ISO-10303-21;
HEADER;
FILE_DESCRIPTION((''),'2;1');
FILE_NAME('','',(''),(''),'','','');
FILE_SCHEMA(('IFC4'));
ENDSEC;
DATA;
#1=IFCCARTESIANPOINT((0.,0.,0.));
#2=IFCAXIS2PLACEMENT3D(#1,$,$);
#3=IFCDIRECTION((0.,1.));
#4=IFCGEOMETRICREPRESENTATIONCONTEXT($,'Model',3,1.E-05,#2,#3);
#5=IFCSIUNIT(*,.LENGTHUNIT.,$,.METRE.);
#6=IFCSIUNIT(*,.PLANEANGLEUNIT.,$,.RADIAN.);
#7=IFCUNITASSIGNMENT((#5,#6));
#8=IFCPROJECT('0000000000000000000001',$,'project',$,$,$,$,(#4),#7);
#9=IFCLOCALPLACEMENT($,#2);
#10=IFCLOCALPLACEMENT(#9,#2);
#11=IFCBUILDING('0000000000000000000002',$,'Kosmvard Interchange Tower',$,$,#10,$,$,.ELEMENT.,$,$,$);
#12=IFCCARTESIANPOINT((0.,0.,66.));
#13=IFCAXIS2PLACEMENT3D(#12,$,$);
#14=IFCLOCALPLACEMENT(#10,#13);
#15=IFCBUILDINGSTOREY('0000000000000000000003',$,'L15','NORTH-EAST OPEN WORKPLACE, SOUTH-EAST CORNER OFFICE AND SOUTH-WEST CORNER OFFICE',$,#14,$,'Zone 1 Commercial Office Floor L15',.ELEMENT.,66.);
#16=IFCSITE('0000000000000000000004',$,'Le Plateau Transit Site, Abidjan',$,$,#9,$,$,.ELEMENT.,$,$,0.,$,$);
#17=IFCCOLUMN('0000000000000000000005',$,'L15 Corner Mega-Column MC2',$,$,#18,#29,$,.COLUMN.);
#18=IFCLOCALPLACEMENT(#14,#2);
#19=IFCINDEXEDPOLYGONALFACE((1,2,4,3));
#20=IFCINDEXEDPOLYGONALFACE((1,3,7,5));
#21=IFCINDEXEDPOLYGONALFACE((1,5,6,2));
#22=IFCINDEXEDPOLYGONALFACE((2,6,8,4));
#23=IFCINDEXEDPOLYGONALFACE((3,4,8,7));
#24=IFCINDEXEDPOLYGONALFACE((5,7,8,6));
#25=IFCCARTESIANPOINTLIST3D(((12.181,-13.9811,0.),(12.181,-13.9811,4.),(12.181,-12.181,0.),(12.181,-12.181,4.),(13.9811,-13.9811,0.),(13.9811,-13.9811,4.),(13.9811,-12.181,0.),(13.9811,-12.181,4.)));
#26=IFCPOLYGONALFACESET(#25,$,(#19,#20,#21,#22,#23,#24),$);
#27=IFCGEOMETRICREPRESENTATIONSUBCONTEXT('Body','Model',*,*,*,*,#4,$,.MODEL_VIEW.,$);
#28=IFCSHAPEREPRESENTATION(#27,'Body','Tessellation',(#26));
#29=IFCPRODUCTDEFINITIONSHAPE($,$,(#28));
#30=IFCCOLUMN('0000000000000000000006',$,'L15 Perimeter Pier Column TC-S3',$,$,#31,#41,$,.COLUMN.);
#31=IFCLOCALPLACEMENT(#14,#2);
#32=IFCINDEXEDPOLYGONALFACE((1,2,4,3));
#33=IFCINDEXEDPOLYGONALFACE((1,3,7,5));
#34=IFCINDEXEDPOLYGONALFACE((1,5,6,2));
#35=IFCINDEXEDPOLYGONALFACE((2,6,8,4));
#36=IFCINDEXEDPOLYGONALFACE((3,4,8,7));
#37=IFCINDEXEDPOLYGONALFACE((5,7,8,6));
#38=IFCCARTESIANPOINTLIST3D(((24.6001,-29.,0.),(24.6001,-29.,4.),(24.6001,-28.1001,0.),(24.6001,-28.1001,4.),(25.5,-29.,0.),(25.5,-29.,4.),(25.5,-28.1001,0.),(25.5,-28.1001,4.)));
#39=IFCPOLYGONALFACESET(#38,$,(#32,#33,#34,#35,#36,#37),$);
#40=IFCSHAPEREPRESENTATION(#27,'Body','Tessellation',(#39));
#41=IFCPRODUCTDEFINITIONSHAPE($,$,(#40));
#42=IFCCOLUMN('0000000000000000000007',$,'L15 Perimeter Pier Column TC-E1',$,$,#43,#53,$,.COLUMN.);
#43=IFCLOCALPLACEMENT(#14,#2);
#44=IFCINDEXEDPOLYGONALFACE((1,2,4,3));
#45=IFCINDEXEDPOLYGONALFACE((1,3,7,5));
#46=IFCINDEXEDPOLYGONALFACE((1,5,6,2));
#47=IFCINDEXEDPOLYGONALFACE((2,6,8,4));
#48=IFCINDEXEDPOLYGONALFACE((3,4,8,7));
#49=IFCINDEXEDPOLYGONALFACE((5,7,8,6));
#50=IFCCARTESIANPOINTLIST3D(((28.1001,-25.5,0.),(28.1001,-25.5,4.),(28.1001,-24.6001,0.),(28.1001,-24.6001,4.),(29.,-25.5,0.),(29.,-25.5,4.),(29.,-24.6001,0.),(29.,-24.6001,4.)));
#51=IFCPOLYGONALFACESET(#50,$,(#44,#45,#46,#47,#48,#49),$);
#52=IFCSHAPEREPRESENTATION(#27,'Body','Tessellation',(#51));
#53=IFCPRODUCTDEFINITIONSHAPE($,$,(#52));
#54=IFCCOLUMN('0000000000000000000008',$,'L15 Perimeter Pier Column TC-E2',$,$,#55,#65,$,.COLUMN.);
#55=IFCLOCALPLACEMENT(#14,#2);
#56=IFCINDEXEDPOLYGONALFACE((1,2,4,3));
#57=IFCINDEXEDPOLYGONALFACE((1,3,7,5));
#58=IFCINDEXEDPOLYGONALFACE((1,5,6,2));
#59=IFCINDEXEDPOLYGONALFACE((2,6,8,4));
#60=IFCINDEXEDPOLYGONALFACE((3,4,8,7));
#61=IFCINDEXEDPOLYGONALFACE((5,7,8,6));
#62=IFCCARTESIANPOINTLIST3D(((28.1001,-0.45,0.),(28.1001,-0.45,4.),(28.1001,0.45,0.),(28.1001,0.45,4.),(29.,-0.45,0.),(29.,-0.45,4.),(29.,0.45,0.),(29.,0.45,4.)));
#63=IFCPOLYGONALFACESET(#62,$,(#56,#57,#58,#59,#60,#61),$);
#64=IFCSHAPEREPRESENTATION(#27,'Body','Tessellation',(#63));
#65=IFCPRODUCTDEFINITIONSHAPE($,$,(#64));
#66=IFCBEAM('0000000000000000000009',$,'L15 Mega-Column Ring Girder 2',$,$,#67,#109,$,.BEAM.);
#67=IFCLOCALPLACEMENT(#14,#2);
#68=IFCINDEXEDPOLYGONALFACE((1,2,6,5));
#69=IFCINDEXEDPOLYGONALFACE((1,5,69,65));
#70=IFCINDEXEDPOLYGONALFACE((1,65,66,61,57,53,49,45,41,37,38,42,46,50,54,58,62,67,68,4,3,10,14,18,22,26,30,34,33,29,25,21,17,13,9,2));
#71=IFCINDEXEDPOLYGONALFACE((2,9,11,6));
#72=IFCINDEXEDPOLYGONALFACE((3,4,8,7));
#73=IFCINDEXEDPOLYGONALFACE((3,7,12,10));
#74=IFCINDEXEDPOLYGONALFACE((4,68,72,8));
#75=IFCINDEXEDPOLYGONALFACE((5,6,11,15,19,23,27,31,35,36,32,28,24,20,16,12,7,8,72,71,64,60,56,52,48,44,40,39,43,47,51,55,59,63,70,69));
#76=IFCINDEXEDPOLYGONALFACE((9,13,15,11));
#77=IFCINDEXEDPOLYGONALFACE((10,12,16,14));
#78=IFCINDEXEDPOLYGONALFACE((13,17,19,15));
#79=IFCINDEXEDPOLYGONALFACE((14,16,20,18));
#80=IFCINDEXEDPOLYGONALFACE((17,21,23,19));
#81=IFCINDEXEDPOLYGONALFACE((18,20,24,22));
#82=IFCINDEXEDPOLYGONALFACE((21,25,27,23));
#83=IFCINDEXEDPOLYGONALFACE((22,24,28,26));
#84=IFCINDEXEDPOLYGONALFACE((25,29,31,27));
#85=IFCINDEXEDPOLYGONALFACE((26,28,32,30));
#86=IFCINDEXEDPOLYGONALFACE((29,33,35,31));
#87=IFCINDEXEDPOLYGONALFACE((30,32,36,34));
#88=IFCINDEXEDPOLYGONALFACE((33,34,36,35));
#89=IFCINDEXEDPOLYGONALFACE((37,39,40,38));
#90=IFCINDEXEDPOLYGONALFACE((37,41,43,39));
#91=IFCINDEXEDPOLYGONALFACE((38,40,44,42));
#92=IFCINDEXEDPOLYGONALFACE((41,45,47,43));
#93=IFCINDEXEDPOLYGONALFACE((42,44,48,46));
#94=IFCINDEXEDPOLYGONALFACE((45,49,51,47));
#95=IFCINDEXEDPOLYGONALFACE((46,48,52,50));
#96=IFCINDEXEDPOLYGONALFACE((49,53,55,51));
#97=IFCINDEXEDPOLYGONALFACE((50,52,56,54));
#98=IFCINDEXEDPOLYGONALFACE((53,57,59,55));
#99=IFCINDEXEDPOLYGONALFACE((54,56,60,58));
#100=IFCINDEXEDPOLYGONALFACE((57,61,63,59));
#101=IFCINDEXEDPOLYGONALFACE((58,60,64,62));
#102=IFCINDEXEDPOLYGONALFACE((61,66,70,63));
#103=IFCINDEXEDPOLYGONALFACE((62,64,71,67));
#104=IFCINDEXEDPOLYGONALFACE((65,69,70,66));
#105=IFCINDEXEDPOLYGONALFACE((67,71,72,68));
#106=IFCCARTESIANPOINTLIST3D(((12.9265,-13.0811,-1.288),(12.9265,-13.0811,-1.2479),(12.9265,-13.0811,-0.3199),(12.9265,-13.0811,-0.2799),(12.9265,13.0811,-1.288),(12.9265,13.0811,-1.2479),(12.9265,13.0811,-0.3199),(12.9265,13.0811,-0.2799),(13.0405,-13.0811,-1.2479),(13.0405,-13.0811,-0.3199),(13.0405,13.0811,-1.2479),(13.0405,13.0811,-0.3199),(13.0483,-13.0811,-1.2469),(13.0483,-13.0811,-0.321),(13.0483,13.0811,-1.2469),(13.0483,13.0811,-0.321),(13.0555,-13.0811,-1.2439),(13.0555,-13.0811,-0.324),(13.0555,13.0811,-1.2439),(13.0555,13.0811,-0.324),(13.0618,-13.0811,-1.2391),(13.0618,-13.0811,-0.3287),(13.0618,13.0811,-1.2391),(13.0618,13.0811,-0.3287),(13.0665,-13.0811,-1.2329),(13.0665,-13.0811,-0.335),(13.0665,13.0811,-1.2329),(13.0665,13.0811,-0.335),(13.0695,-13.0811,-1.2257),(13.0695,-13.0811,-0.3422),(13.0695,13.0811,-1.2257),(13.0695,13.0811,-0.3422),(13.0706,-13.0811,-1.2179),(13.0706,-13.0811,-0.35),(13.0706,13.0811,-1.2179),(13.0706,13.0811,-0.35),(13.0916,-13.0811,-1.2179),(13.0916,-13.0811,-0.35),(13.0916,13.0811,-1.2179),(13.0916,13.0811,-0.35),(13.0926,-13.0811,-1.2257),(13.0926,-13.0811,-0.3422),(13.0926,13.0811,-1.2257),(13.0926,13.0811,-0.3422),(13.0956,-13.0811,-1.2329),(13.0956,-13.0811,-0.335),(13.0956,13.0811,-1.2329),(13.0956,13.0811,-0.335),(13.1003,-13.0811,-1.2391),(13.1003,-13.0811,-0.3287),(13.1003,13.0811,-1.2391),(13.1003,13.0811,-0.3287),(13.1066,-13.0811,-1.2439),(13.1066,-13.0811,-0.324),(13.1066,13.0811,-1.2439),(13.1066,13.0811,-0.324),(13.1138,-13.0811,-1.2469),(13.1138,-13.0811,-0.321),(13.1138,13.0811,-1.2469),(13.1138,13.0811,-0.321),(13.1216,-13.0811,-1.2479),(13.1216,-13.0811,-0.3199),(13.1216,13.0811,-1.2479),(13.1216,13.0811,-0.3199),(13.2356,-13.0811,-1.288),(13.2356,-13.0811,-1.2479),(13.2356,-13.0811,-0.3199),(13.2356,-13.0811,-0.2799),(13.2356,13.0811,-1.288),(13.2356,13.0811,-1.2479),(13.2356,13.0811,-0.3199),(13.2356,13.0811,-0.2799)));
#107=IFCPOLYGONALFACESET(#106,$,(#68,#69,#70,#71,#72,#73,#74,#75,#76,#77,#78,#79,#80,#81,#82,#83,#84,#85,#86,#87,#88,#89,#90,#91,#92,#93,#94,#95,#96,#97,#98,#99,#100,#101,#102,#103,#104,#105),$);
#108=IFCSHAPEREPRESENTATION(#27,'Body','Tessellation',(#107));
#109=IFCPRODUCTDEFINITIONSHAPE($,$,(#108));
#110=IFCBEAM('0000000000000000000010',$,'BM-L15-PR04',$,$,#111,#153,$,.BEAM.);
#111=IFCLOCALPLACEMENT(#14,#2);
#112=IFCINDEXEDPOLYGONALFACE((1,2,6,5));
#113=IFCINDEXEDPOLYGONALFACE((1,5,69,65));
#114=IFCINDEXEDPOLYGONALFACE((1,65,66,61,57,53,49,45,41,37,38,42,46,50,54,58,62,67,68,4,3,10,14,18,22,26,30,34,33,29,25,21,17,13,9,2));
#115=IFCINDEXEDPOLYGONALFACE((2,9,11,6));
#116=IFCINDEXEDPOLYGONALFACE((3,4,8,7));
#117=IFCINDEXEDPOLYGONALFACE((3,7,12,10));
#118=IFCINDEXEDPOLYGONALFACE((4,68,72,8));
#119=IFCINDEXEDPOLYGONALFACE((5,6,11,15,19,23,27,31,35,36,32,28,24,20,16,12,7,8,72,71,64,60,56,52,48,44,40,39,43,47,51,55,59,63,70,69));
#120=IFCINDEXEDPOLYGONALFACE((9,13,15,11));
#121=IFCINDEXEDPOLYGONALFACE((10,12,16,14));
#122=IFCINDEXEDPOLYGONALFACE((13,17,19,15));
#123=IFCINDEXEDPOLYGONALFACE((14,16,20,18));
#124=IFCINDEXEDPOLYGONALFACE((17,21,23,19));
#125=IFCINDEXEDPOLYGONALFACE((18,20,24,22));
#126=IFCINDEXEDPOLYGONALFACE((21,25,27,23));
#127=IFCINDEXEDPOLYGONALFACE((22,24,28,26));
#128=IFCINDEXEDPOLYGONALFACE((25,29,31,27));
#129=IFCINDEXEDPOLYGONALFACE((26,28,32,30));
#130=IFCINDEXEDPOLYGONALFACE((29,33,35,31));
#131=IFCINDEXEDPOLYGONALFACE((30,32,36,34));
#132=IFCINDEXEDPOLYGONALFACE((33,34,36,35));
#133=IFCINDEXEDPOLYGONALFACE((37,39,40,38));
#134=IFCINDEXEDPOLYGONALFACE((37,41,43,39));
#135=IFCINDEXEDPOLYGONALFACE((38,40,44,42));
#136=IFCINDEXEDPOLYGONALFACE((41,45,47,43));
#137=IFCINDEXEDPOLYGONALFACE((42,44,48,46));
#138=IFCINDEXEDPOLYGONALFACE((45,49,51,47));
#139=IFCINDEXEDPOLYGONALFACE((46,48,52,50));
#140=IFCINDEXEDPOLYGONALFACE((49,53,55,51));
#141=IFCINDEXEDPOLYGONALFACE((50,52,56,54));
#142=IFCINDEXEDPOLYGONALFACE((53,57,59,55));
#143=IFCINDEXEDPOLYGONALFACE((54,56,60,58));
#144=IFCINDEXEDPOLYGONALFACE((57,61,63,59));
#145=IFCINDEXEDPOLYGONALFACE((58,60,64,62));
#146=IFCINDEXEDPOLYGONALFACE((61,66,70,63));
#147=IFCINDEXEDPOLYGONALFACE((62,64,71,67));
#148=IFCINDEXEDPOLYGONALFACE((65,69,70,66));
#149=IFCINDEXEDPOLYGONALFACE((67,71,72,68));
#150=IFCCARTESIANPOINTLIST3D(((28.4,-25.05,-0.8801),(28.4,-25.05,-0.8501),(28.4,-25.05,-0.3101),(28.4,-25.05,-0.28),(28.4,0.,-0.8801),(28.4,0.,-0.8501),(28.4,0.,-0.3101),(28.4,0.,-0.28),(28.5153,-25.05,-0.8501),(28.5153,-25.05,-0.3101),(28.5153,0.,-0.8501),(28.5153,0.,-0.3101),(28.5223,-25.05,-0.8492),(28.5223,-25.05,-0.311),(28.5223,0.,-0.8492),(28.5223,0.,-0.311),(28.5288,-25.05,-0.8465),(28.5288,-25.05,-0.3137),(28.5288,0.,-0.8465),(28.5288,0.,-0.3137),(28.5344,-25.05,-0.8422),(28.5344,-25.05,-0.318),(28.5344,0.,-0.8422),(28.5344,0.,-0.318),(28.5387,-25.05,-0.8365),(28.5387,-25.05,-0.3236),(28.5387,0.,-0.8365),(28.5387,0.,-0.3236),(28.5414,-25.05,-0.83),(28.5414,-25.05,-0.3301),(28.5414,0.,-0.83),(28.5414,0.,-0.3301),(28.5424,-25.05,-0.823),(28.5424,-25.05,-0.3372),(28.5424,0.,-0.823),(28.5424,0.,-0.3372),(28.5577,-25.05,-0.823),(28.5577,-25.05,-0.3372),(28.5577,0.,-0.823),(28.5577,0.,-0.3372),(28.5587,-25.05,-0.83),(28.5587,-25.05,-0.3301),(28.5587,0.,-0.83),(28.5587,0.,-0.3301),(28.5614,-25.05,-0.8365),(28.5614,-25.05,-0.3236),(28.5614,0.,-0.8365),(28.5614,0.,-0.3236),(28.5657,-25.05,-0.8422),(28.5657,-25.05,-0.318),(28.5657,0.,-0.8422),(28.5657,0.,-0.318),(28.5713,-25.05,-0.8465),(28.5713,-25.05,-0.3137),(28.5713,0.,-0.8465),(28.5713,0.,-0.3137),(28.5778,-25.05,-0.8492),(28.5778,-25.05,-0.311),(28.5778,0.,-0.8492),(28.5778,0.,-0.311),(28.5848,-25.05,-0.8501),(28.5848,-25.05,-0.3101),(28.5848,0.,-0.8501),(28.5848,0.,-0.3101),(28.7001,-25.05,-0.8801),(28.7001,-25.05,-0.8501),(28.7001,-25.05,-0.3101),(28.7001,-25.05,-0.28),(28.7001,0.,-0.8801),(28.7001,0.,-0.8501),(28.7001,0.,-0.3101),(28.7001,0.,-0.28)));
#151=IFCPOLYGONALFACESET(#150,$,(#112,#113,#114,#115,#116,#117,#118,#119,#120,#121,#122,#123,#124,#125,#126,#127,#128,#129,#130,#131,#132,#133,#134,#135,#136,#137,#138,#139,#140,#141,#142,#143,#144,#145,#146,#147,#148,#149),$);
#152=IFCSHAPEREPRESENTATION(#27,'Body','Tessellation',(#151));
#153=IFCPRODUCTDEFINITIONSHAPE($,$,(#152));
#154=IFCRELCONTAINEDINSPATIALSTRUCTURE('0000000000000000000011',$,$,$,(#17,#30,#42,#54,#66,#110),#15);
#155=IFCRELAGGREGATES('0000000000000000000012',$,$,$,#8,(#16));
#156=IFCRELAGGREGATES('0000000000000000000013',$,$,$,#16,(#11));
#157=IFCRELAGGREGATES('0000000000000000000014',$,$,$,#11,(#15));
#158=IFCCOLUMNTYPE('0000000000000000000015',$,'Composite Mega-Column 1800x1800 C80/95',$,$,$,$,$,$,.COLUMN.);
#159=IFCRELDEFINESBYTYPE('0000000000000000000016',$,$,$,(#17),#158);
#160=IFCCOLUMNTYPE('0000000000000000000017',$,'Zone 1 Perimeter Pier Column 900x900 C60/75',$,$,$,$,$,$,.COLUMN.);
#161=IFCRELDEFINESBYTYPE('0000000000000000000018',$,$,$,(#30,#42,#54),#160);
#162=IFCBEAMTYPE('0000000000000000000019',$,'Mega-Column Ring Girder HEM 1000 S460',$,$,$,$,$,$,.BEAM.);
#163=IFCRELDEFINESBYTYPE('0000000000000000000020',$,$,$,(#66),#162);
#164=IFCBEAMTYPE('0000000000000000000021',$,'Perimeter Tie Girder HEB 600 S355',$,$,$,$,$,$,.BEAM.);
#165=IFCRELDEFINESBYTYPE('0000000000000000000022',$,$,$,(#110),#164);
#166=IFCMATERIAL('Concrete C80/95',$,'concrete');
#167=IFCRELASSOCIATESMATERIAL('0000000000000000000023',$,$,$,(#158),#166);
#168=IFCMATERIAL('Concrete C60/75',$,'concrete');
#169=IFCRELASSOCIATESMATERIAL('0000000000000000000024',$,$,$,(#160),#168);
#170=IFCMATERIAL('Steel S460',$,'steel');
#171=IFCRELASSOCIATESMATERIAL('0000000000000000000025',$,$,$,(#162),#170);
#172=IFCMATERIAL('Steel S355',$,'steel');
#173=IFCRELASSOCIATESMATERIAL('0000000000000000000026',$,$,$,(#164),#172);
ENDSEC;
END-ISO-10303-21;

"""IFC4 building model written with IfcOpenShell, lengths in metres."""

from ifc_helpers import new_model, si_unit, direction, frame, origin, origin_2d, place, context, subcontext, project, spatial, rectangle, i_section, extrude, source, transform, mapped, material, material_profile, profile_set, type_object, element, save


model = new_model("IFC4")

# Units and contexts
model_context = context("Model", 3, precision=1e-05, world=origin(), true_north=direction((0.0, 1.0)))
body_context = subcontext(model_context, "Body", "Model", "MODEL_VIEW")
ifc_project = project(units=[si_unit("LENGTHUNIT", "METRE"), si_unit("PLANEANGLEUNIT", "RADIAN")], contexts=[model_context])

# Site, building, storey
site_placement = place(None, origin())
site = spatial("IfcSite", under=ifc_project, at=site_placement, Name="Le Plateau Transit Site, Abidjan", CompositionType="ELEMENT", RefElevation=0.0)
building_placement = place(site_placement, origin())
building = spatial("IfcBuilding", under=site, at=building_placement, Name="Kosmvard Interchange Tower", CompositionType="ELEMENT")
storey_placement = place(building_placement, frame((0.0, 0.0, 66.0)))
storey = spatial("IfcBuildingStorey", under=building, at=storey_placement, Name="L15", Description="NORTH-EAST OPEN WORKPLACE, SOUTH-EAST CORNER OFFICE AND SOUTH-WEST CORNER OFFICE", LongName="Zone 1 Commercial Office Floor L15", CompositionType="ELEMENT", Elevation=66.0)

# Columns
ifc_material_1 = material(Name="Concrete C80/95", Category="concrete")
ifc_material_profile_1 = material_profile(ifc_material_1, rectangle(XDim=1.8, YDim=1.8, at=origin_2d()), Name="MC 1800x1800")
ifc_profile_set_1 = profile_set([ifc_material_profile_1], Name="Concrete C80/95")
column_type_1 = type_object("IfcColumnType", Name="Composite Mega-Column 1800x1800 C80/95", PredefinedType="COLUMN", material=ifc_profile_set_1)
shared_shape_1 = source(origin(), body_context, "Body", "SweptSolid", [
    extrude(rectangle(XDim=1.8, YDim=1.8, at=origin_2d()), origin(), (0.0, 0.0, 1.0), 4.0),
])
column_placement = place(storey_placement, frame((13.0811, -13.0811, 0.0), z_axis=(0.0, 0.0, 1.0), x_axis=(1.0, 0.0, 0.0)))
element("IfcColumn", 1, at=column_placement, inside=storey, type_object=column_type_1, Name="L15 Corner Mega-Column MC2", PredefinedType="COLUMN", context=body_context, shape_type="MappedRepresentation", body=[
    mapped(shared_shape_1, transform((0.0, 0.0, 0.0), scale=1.0)),
])
ifc_material_2 = material(Name="Concrete C60/75", Category="concrete")
ifc_material_profile_2 = material_profile(ifc_material_2, rectangle(XDim=0.8999, YDim=0.8999, at=origin_2d()), Name="TC 900x900")
ifc_profile_set_2 = profile_set([ifc_material_profile_2], Name="Concrete C60/75")
column_type_2 = type_object("IfcColumnType", Name="Zone 1 Perimeter Pier Column 900x900 C60/75", PredefinedType="COLUMN", material=ifc_profile_set_2)
shared_shape_2 = source(origin(), body_context, "Body", "SweptSolid", [
    extrude(rectangle(XDim=0.8999, YDim=0.8999, at=origin_2d()), origin(), (0.0, 0.0, 1.0), 4.0),
])
for number, where, z_axis, x_axis, name in (
    (2, (25.05, -28.55, 0.0), (0.0, 0.0, 1.0), (1.0, 0.0, 0.0), "L15 Perimeter Pier Column TC-S3"),
    (3, (28.55, -25.05, 0.0), (0.0, 0.0, 1.0), (1.0, 0.0, 0.0), "L15 Perimeter Pier Column TC-E1"),
    (4, (28.55, 0.0, 0.0), (0.0, 0.0, 1.0), (1.0, 0.0, 0.0), "L15 Perimeter Pier Column TC-E2"),
):
    element("IfcColumn", number, at=place(storey_placement, frame(where, z_axis=z_axis, x_axis=x_axis)), inside=storey, type_object=column_type_2, Name=name, PredefinedType="COLUMN", context=body_context, shape_type="MappedRepresentation", body=[
        mapped(shared_shape_2, transform((0.0, 0.0, 0.0), scale=1.0)),
    ])

# Beams
ifc_material_3 = material(Name="Steel S460", Category="steel")
ifc_material_profile_3 = material_profile(ifc_material_3, i_section(OverallWidth=0.3091, OverallDepth=1.0081, WebThickness=0.021, FlangeThickness=0.04, FilletRadius=0.03, at=origin_2d()), Name="HEM 1000")
ifc_profile_set_3 = profile_set([ifc_material_profile_3], Name="Steel S460")
beam_type_1 = type_object("IfcBeamType", Name="Mega-Column Ring Girder HEM 1000 S460", PredefinedType="BEAM", material=ifc_profile_set_3)
shared_shape_3 = source(origin(), body_context, "Body", "SweptSolid", [
    extrude(i_section(OverallWidth=0.3091, OverallDepth=1.0081, WebThickness=0.021, FlangeThickness=0.04, FilletRadius=0.03, at=origin_2d()), origin(), (0.0, 0.0, 1.0), 26.1621),
])
beam_1_placement = place(storey_placement, frame((13.0811, -13.0811, -0.7839), z_axis=(0.0, 1.0, 0.0), x_axis=(-1.0, 0.0, 0.0)))
element("IfcBeam", 5, at=beam_1_placement, inside=storey, type_object=beam_type_1, Name="L15 Mega-Column Ring Girder 2", PredefinedType="BEAM", context=body_context, shape_type="MappedRepresentation", body=[
    mapped(shared_shape_3, transform((0.0, 0.0, 0.0), scale=1.0)),
])
ifc_material_4 = material(Name="Steel S355", Category="steel")
ifc_material_profile_4 = material_profile(ifc_material_4, i_section(OverallWidth=0.3, OverallDepth=0.6001, WebThickness=0.0154, FlangeThickness=0.03, FilletRadius=0.0271, at=origin_2d()), Name="HEB 600")
ifc_profile_set_4 = profile_set([ifc_material_profile_4], Name="Steel S355")
beam_type_2 = type_object("IfcBeamType", Name="Perimeter Tie Girder HEB 600 S355", PredefinedType="BEAM", material=ifc_profile_set_4)
shared_shape_4 = source(origin(), body_context, "Body", "SweptSolid", [
    extrude(i_section(OverallWidth=0.3, OverallDepth=0.6001, WebThickness=0.0154, FlangeThickness=0.03, FilletRadius=0.0271, at=origin_2d()), origin(), (0.0, 0.0, 1.0), 25.05),
])
for number, where, z_axis, x_axis, name in (
    (6, (28.55, -25.05, -0.5801), (0.0, 1.0, 0.0), (-1.0, 0.0, 0.0), "BM-L15-PR04"),
):
    element("IfcBeam", number, at=place(storey_placement, frame(where, z_axis=z_axis, x_axis=x_axis)), inside=storey, type_object=beam_type_2, Name=name, PredefinedType="BEAM", context=body_context, shape_type="MappedRepresentation", body=[
        mapped(shared_shape_4, transform((0.0, 0.0, 0.0), scale=1.0)),
    ])

save(model, "model.ifc")
